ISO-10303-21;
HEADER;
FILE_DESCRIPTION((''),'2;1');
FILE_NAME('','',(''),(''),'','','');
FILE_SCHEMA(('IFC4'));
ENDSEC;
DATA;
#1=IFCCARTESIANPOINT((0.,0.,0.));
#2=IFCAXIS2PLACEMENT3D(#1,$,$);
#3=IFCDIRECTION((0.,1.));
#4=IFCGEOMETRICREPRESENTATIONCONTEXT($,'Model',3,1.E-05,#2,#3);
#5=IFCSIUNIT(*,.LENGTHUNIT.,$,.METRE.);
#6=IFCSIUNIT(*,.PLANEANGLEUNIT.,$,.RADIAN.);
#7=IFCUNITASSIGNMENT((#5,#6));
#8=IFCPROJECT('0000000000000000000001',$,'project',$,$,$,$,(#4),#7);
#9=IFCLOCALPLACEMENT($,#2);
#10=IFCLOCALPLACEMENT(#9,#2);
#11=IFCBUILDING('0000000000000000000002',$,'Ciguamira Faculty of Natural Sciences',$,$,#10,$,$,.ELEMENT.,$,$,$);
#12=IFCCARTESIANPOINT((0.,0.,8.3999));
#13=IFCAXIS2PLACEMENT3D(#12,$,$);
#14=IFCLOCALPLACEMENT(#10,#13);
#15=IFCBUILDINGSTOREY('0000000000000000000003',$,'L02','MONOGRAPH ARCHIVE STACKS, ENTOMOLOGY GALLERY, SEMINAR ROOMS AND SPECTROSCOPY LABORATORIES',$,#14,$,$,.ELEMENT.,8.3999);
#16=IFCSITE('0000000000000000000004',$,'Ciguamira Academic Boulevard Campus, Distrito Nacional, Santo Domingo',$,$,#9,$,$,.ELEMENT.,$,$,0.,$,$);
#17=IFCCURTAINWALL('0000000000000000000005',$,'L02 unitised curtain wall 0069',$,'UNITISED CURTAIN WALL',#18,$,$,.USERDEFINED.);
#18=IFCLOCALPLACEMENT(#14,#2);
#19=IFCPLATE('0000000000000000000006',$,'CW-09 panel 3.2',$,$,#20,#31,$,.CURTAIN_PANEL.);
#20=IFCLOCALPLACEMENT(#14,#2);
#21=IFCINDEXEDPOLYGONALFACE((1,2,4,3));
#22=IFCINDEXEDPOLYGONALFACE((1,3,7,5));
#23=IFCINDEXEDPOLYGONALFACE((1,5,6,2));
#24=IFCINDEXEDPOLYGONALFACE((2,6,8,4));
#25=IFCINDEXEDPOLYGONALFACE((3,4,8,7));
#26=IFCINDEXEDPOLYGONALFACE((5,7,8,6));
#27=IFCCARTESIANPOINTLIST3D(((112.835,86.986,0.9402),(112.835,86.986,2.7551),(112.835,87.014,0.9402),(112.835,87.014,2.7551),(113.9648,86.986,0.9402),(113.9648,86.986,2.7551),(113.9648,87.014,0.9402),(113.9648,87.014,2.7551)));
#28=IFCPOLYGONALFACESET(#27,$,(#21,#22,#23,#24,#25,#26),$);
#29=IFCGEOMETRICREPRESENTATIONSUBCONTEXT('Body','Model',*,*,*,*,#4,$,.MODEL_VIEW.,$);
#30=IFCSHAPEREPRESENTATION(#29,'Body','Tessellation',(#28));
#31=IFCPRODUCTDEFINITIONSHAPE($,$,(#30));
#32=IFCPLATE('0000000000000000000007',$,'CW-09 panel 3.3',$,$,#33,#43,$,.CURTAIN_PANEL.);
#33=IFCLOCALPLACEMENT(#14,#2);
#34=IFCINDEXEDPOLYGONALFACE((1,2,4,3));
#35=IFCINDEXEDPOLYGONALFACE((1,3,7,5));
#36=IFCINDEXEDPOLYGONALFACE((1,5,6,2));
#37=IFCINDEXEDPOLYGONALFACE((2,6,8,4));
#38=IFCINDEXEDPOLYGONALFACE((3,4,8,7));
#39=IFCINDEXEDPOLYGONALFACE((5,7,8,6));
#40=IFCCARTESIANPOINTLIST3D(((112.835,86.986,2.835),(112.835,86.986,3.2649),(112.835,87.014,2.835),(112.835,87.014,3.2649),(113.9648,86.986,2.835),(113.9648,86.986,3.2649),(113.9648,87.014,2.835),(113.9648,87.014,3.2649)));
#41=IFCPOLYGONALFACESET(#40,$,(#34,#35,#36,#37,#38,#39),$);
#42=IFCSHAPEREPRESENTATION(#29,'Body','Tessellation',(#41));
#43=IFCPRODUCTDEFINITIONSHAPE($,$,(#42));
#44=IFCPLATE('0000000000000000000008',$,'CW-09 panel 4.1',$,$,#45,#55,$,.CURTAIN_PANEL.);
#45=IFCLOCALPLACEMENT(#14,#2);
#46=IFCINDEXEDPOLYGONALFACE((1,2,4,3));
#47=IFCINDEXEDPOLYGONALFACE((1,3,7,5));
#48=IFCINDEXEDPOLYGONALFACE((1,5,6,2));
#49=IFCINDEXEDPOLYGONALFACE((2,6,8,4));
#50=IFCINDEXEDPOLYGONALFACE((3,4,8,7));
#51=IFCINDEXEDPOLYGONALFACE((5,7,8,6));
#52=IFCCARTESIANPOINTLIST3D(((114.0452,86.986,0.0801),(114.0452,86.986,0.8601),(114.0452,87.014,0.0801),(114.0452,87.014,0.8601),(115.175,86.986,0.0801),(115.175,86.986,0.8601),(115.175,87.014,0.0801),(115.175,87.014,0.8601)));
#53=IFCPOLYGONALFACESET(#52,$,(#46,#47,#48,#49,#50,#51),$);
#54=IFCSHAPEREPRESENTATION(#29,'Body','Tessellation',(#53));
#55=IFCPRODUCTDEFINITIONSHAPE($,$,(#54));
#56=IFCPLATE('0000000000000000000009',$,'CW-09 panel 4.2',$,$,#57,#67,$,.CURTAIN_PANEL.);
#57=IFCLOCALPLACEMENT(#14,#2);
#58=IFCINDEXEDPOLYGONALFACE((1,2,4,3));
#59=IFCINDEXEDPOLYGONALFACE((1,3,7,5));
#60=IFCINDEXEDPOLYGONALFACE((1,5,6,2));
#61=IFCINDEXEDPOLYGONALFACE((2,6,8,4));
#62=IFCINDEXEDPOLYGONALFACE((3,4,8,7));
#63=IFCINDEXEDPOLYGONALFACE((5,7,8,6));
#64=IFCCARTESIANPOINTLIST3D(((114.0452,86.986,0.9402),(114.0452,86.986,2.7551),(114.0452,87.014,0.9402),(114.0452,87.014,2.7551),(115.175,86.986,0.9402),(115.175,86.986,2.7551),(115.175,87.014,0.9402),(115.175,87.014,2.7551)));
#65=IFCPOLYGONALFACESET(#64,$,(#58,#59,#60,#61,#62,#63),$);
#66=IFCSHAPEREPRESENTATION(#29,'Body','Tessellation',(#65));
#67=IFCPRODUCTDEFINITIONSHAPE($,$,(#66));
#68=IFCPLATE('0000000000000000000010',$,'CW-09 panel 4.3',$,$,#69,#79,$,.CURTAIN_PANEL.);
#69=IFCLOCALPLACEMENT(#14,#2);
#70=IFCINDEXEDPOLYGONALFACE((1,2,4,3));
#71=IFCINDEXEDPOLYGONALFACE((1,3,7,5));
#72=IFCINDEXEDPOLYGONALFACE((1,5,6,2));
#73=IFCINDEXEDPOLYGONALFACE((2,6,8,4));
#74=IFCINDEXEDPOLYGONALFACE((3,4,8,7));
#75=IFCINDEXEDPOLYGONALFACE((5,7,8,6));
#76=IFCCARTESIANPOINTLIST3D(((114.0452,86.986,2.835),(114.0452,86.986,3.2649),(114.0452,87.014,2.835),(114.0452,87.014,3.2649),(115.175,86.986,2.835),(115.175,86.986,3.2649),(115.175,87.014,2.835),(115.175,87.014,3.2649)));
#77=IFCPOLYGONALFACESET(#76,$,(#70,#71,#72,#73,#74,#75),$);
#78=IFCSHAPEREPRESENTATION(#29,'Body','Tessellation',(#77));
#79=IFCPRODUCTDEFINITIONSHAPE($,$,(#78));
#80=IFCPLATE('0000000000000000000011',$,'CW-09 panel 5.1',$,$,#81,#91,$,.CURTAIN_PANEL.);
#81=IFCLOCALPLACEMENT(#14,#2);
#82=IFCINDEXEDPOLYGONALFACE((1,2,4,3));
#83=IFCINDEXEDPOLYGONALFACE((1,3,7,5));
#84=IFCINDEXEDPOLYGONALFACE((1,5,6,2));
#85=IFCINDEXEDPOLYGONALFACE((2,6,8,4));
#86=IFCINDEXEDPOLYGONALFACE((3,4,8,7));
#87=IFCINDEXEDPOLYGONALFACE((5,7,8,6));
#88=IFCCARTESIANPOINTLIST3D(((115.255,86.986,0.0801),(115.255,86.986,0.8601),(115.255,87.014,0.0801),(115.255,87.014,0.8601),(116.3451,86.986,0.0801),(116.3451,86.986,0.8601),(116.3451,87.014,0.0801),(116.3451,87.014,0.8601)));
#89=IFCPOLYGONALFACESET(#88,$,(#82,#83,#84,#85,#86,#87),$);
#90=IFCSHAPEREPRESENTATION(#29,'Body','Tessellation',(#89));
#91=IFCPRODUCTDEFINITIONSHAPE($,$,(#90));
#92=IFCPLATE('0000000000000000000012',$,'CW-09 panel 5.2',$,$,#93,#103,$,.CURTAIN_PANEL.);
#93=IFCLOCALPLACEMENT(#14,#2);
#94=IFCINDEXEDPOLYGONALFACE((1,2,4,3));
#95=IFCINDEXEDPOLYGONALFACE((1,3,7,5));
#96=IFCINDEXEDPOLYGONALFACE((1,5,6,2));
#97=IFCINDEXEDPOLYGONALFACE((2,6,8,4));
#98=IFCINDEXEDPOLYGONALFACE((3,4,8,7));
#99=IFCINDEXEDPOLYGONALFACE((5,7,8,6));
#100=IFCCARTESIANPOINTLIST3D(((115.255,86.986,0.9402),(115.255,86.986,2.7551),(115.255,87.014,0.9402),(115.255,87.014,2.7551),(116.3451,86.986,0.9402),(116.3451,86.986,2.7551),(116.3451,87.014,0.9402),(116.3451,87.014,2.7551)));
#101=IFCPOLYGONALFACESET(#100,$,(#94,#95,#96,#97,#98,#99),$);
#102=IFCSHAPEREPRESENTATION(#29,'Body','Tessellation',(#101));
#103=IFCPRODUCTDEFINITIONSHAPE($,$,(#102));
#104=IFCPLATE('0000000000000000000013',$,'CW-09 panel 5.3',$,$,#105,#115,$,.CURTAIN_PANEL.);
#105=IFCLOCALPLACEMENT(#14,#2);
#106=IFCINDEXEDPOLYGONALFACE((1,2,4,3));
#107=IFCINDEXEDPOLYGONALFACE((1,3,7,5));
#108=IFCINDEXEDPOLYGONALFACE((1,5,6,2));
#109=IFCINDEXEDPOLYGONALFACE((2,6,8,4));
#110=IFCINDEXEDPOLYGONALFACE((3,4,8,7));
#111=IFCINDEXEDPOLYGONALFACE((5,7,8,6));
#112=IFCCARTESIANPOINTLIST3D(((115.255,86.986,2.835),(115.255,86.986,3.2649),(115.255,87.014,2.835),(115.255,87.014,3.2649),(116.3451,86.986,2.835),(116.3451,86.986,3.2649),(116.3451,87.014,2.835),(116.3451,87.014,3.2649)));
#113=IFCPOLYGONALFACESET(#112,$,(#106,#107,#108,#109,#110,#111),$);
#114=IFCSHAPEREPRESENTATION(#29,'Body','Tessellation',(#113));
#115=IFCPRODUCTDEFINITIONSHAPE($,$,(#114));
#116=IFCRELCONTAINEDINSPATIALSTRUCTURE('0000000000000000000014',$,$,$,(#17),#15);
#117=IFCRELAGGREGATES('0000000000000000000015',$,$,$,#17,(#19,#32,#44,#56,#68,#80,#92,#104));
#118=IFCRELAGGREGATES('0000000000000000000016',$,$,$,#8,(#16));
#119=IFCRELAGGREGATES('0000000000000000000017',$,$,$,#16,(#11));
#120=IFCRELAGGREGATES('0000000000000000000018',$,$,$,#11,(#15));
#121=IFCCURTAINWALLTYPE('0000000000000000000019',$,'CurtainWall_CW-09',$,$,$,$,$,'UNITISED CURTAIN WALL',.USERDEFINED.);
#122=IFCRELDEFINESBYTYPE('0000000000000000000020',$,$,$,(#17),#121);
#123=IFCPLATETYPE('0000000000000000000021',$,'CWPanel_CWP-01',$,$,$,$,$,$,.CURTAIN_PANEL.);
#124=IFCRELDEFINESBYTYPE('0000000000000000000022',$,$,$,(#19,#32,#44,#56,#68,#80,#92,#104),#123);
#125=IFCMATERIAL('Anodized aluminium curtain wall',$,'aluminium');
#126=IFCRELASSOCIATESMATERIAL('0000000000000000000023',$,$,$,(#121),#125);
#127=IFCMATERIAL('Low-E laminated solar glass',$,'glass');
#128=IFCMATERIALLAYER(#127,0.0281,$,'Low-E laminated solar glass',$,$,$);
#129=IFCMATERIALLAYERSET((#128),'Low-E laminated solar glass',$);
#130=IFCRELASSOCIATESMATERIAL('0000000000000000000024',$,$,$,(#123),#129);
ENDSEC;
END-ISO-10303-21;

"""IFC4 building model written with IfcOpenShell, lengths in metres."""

from ifc_helpers import new_model, si_unit, direction, frame, origin, origin_2d, place, context, subcontext, project, spatial, rectangle, extrude, material, layer, layer_set, type_object, element, aggregate, save


model = new_model("IFC4")

# Units and contexts
model_context = context("Model", 3, precision=1e-05, world=origin(), true_north=direction((0.0, 1.0)))
body_context = subcontext(model_context, "Body", "Model", "MODEL_VIEW")
ifc_project = project(units=[si_unit("LENGTHUNIT", "METRE"), si_unit("PLANEANGLEUNIT", "RADIAN")], contexts=[model_context])

# Site, building, storey
site_placement = place(None, origin())
site = spatial("IfcSite", under=ifc_project, at=site_placement, Name="Ciguamira Academic Boulevard Campus, Distrito Nacional, Santo Domingo", CompositionType="ELEMENT", RefElevation=0.0)
building_placement = place(site_placement, origin())
building = spatial("IfcBuilding", under=site, at=building_placement, Name="Ciguamira Faculty of Natural Sciences", CompositionType="ELEMENT")
storey_placement = place(building_placement, frame((0.0, 0.0, 8.3999)))
storey = spatial("IfcBuildingStorey", under=building, at=storey_placement, Name="L02", Description="MONOGRAPH ARCHIVE STACKS, ENTOMOLOGY GALLERY, SEMINAR ROOMS AND SPECTROSCOPY LABORATORIES", CompositionType="ELEMENT", Elevation=8.3999)

# Curtain wall, plates
ifc_material_1 = material(Name="Anodized aluminium curtain wall", Category="aluminium")
curtain_wall_type = type_object("IfcCurtainWallType", Name="CurtainWall_CW-09", ElementType="UNITISED CURTAIN WALL", PredefinedType="USERDEFINED", material=ifc_material_1)
curtain_wall_placement = place(storey_placement, origin())
curtain_wall = element("IfcCurtainWall", 1, at=curtain_wall_placement, inside=storey, type_object=curtain_wall_type, Name="L02 unitised curtain wall 0069", ObjectType="UNITISED CURTAIN WALL", PredefinedType="USERDEFINED")
ifc_material_2 = material(Name="Low-E laminated solar glass", Category="glass")
ifc_layer = layer(ifc_material_2, 0.0281, Name="Low-E laminated solar glass")
ifc_layer_set = layer_set([ifc_layer], Name="Low-E laminated solar glass")
plate_type = type_object("IfcPlateType", Name="CWPanel_CWP-01", PredefinedType="CURTAIN_PANEL", material=ifc_layer_set)
plate_1_placement = place(storey_placement, frame((113.3999, 87.0, 0.9402), z_axis=(0.0, 0.0, 1.0), x_axis=(1.0, 0.0, 0.0)))
plate_1 = element("IfcPlate", 2, at=plate_1_placement, type_object=plate_type, Name="CW-09 panel 3.2", PredefinedType="CURTAIN_PANEL", context=body_context, shape_type="SweptSolid", body=[
    extrude(rectangle(XDim=1.1299, YDim=0.0281, at=origin_2d()), origin(), (0.0, 0.0, 1.0), 1.8149),
])
plate_2_placement = place(storey_placement, frame((113.3999, 87.0, 2.835), z_axis=(0.0, 0.0, 1.0), x_axis=(1.0, 0.0, 0.0)))
plate_2 = element("IfcPlate", 3, at=plate_2_placement, type_object=plate_type, Name="CW-09 panel 3.3", PredefinedType="CURTAIN_PANEL", context=body_context, shape_type="SweptSolid", body=[
    extrude(rectangle(XDim=1.1299, YDim=0.0281, at=origin_2d()), origin(), (0.0, 0.0, 1.0), 0.4299),
])
plate_3_placement = place(storey_placement, frame((114.6101, 87.0, 0.0801), z_axis=(0.0, 0.0, 1.0), x_axis=(1.0, 0.0, 0.0)))
plate_3 = element("IfcPlate", 4, at=plate_3_placement, type_object=plate_type, Name="CW-09 panel 4.1", PredefinedType="CURTAIN_PANEL", context=body_context, shape_type="SweptSolid", body=[
    extrude(rectangle(XDim=1.1299, YDim=0.0281, at=origin_2d()), origin(), (0.0, 0.0, 1.0), 0.78),
])
plate_4_placement = place(storey_placement, frame((114.6101, 87.0, 0.9402), z_axis=(0.0, 0.0, 1.0), x_axis=(1.0, 0.0, 0.0)))
plate_4 = element("IfcPlate", 5, at=plate_4_placement, type_object=plate_type, Name="CW-09 panel 4.2", PredefinedType="CURTAIN_PANEL", context=body_context, shape_type="SweptSolid", body=[
    extrude(rectangle(XDim=1.1299, YDim=0.0281, at=origin_2d()), origin(), (0.0, 0.0, 1.0), 1.8149),
])
plate_5_placement = place(storey_placement, frame((114.6101, 87.0, 2.835), z_axis=(0.0, 0.0, 1.0), x_axis=(1.0, 0.0, 0.0)))
plate_5 = element("IfcPlate", 6, at=plate_5_placement, type_object=plate_type, Name="CW-09 panel 4.3", PredefinedType="CURTAIN_PANEL", context=body_context, shape_type="SweptSolid", body=[
    extrude(rectangle(XDim=1.1299, YDim=0.0281, at=origin_2d()), origin(), (0.0, 0.0, 1.0), 0.4299),
])
plate_6_placement = place(storey_placement, frame((115.8, 87.0, 0.0801), z_axis=(0.0, 0.0, 1.0), x_axis=(1.0, 0.0, 0.0)))
plate_6 = element("IfcPlate", 7, at=plate_6_placement, type_object=plate_type, Name="CW-09 panel 5.1", PredefinedType="CURTAIN_PANEL", context=body_context, shape_type="SweptSolid", body=[
    extrude(rectangle(XDim=1.0901, YDim=0.0281, at=origin_2d()), origin(), (0.0, 0.0, 1.0), 0.78),
])
plate_7_placement = place(storey_placement, frame((115.8, 87.0, 0.9402), z_axis=(0.0, 0.0, 1.0), x_axis=(1.0, 0.0, 0.0)))
plate_7 = element("IfcPlate", 8, at=plate_7_placement, type_object=plate_type, Name="CW-09 panel 5.2", PredefinedType="CURTAIN_PANEL", context=body_context, shape_type="SweptSolid", body=[
    extrude(rectangle(XDim=1.0901, YDim=0.0281, at=origin_2d()), origin(), (0.0, 0.0, 1.0), 1.8149),
])
plate_8_placement = place(storey_placement, frame((115.8, 87.0, 2.835), z_axis=(0.0, 0.0, 1.0), x_axis=(1.0, 0.0, 0.0)))
plate_8 = element("IfcPlate", 9, at=plate_8_placement, type_object=plate_type, Name="CW-09 panel 5.3", PredefinedType="CURTAIN_PANEL", context=body_context, shape_type="SweptSolid", body=[
    extrude(rectangle(XDim=1.0901, YDim=0.0281, at=origin_2d()), origin(), (0.0, 0.0, 1.0), 0.4299),
])
aggregate(curtain_wall, [plate_1, plate_2, plate_3, plate_4, plate_5, plate_6, plate_7, plate_8])

save(model, "model.ifc")
